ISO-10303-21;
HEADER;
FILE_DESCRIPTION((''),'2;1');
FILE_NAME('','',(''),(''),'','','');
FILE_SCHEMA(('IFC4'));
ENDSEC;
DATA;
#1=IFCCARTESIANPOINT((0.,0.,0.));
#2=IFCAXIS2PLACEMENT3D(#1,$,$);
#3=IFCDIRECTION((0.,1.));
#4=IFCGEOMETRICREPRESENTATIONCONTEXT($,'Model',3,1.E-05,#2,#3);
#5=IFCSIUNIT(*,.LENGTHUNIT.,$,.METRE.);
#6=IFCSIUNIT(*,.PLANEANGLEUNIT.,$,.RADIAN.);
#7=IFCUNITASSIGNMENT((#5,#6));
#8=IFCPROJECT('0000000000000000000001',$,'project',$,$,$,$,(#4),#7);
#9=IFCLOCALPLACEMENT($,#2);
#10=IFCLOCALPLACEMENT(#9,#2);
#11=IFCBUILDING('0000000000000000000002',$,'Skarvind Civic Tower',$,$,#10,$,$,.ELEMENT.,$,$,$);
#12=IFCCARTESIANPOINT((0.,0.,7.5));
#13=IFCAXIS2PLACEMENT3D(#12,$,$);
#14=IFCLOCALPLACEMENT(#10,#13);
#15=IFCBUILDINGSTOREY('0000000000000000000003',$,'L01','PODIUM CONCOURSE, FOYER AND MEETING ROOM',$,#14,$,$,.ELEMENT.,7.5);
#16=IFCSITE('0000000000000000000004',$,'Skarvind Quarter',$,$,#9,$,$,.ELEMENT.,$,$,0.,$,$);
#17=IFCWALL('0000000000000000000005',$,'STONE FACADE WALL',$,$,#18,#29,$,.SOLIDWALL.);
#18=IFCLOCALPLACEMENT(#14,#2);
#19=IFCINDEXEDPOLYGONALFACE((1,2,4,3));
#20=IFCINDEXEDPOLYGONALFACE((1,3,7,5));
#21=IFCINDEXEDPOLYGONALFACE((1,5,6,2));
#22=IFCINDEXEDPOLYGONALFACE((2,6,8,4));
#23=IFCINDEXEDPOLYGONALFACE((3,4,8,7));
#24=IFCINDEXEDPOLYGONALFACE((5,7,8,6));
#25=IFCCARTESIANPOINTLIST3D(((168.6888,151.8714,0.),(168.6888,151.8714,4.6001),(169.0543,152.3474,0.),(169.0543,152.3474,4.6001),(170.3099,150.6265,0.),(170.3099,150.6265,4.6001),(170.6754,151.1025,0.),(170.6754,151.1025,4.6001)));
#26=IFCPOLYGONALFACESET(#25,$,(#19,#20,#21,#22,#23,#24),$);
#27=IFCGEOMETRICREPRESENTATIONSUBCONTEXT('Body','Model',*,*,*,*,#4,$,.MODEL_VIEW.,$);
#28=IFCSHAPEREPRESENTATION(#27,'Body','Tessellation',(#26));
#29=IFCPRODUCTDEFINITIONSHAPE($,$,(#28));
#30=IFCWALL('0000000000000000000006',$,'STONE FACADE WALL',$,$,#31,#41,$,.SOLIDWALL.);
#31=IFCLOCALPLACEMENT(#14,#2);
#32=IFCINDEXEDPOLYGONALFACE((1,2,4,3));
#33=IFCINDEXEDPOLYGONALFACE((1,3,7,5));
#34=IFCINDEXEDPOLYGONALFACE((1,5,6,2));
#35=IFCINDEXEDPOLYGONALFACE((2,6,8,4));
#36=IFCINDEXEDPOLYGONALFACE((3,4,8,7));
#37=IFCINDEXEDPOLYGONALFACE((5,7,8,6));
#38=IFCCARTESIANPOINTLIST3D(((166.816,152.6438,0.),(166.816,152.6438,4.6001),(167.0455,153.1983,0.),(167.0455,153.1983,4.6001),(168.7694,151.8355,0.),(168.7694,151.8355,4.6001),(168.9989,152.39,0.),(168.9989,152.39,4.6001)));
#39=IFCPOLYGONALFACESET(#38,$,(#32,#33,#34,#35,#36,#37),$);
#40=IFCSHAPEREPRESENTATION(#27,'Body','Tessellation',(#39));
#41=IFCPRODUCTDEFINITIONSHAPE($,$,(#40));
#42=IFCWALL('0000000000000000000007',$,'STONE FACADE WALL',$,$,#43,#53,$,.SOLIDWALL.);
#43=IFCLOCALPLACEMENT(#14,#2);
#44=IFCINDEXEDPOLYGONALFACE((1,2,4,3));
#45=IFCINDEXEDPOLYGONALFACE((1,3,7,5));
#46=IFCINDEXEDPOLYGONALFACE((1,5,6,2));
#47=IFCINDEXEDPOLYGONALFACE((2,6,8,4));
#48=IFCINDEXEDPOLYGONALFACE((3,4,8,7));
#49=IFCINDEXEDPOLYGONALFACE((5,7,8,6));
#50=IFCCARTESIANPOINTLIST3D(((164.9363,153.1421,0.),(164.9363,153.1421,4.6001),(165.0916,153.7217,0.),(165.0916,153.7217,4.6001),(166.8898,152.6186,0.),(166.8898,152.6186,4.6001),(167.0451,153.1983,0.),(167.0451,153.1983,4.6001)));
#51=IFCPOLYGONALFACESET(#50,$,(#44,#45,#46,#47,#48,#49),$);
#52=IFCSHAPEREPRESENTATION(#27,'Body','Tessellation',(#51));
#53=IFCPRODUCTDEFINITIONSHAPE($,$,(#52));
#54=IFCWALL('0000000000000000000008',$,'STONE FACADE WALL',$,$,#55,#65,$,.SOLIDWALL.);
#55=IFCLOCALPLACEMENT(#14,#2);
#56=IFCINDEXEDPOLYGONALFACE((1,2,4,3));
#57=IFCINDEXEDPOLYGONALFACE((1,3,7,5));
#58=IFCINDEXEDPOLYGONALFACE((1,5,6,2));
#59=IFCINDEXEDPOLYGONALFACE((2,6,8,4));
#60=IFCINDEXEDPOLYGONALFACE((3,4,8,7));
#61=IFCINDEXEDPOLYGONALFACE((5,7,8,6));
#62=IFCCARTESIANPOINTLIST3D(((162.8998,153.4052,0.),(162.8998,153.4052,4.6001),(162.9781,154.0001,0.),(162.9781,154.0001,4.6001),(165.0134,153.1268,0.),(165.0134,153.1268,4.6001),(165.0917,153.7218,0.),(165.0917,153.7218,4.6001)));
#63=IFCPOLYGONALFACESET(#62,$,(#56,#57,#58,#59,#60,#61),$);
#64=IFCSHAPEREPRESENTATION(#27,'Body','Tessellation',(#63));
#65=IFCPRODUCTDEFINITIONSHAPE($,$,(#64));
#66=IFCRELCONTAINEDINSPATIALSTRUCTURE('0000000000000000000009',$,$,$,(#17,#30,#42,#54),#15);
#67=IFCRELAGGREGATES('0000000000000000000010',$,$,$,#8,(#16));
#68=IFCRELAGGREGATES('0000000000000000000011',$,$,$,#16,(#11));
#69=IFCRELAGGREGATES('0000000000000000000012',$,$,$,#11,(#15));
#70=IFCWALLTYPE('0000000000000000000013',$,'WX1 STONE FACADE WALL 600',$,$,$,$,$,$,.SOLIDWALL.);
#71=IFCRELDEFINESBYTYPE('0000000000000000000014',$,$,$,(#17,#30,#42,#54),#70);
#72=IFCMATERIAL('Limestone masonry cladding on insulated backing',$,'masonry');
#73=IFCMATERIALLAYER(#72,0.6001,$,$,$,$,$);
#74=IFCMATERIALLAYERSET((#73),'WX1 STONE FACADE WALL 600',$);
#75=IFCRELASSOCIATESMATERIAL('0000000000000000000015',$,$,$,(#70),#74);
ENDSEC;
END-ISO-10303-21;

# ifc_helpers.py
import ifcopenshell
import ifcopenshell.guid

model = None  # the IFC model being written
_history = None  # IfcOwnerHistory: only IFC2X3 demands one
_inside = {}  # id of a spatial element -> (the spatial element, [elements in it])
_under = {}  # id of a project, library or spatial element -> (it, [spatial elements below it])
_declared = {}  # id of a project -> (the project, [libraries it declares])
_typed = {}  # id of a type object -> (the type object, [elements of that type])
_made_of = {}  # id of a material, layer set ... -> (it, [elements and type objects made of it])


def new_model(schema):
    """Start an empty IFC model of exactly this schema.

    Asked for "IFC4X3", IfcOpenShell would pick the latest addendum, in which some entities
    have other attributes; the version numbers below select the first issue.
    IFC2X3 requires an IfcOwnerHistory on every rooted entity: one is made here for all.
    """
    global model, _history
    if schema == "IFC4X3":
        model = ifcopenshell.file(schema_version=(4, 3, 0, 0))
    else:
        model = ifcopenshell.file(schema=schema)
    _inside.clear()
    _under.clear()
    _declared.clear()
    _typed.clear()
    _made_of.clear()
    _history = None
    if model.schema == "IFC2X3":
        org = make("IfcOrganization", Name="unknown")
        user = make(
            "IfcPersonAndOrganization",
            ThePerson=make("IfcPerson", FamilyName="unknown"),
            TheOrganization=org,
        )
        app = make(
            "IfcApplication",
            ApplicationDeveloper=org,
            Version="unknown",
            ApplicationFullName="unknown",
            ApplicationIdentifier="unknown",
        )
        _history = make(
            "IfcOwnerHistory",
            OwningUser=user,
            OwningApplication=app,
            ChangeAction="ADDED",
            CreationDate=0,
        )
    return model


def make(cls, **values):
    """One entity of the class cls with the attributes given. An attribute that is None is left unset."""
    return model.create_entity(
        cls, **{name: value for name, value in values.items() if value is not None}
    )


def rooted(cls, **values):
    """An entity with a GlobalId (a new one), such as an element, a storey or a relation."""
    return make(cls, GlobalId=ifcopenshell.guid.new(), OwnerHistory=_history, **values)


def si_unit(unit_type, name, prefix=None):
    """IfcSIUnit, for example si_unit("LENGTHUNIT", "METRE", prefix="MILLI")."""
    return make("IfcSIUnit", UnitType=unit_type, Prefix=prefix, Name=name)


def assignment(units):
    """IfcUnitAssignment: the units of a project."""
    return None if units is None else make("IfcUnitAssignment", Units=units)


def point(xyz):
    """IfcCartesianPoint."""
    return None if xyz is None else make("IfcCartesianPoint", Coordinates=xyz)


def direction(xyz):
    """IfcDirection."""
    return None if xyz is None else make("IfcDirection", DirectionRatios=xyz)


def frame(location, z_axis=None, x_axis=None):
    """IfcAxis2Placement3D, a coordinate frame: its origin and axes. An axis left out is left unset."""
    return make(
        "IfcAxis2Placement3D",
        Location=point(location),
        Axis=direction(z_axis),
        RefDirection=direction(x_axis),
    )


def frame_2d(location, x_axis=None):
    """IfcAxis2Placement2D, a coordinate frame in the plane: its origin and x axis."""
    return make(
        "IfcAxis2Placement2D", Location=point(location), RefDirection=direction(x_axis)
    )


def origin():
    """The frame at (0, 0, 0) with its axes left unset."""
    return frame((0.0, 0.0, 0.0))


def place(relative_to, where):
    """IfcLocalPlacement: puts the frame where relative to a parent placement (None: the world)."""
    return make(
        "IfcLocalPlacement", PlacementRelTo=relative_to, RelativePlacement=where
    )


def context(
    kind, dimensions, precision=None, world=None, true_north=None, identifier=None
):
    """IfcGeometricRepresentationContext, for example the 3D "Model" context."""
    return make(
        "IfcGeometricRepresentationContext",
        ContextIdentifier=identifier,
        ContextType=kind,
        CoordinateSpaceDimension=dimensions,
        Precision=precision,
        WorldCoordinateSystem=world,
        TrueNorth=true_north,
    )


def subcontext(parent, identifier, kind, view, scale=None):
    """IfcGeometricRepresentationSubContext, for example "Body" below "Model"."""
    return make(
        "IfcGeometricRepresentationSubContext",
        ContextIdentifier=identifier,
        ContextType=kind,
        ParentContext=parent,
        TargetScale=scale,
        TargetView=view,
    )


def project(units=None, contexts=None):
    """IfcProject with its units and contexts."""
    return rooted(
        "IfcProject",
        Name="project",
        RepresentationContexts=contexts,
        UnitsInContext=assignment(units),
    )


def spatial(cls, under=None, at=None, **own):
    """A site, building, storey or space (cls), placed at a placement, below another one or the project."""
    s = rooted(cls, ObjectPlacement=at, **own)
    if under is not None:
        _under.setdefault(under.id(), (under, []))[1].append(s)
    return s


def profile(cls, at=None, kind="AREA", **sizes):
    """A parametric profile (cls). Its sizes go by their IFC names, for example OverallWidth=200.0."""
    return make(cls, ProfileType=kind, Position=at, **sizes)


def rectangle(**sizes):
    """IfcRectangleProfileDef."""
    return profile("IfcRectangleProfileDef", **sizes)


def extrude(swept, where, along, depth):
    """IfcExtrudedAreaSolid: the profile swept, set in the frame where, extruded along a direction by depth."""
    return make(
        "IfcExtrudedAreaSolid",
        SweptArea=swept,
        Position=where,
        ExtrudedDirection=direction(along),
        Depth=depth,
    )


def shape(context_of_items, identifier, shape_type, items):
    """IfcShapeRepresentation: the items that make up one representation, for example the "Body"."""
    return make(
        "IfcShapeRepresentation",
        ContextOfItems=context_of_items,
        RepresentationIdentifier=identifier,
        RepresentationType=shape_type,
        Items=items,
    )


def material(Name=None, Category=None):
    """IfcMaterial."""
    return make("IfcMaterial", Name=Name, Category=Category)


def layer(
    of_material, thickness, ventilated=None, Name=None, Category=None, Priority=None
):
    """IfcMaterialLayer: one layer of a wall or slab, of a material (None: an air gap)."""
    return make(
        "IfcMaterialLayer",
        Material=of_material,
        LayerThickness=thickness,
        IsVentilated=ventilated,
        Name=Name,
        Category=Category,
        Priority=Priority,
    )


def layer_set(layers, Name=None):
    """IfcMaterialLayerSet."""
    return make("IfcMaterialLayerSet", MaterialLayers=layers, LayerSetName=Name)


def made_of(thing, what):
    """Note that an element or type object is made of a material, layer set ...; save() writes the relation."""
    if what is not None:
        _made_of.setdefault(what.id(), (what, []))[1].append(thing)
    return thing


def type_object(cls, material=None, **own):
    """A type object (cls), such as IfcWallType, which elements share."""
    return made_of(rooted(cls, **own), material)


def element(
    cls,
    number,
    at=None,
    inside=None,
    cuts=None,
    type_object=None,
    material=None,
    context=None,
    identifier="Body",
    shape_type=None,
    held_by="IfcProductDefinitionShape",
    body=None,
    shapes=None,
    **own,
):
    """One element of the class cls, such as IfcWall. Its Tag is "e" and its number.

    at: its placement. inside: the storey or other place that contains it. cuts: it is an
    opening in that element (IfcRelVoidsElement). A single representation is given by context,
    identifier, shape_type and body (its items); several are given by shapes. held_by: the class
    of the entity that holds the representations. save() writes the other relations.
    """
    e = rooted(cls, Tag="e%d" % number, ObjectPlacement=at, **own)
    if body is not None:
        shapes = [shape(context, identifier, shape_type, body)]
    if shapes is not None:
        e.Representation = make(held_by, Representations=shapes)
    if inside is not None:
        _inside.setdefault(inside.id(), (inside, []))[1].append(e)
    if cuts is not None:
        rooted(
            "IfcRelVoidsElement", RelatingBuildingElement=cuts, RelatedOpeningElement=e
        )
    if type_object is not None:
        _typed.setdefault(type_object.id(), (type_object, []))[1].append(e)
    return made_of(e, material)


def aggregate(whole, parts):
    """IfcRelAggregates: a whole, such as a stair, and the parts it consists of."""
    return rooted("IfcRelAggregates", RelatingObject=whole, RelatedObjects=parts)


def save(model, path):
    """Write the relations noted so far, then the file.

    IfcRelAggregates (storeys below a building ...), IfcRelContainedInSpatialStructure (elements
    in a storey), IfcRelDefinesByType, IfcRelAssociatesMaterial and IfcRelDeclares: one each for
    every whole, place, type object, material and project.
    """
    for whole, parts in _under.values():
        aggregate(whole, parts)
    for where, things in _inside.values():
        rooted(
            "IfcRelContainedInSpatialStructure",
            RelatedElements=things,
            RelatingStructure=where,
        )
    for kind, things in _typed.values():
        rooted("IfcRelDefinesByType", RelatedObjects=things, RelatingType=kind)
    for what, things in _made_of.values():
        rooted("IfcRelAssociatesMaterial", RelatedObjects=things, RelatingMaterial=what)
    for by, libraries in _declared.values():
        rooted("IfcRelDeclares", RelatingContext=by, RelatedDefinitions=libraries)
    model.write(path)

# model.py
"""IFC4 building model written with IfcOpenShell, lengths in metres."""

from ifc_helpers import new_model, si_unit, direction, frame, frame_2d, origin, place, context, subcontext, project, spatial, rectangle, extrude, material, layer, layer_set, type_object, element, save


model = new_model("IFC4")

# Units and contexts
model_context = context("Model", 3, precision=1e-05, world=origin(), true_north=direction((0.0, 1.0)))
body_context = subcontext(model_context, "Body", "Model", "MODEL_VIEW")
ifc_project = project(units=[si_unit("LENGTHUNIT", "METRE"), si_unit("PLANEANGLEUNIT", "RADIAN")], contexts=[model_context])

# Site, building, storey
site_placement = place(None, origin())
site = spatial("IfcSite", under=ifc_project, at=site_placement, Name="Skarvind Quarter", CompositionType="ELEMENT", RefElevation=0.0)
building_placement = place(site_placement, origin())
building = spatial("IfcBuilding", under=site, at=building_placement, Name="Skarvind Civic Tower", CompositionType="ELEMENT")
storey_placement = place(building_placement, frame((0.0, 0.0, 7.5)))
storey = spatial("IfcBuildingStorey", under=building, at=storey_placement, Name="L01", Description="PODIUM CONCOURSE, FOYER AND MEETING ROOM", CompositionType="ELEMENT", Elevation=7.5)

# Shared definitions
ifc_material_1 = material(Name="Limestone masonry cladding on insulated backing", Category="masonry")
ifc_layer_1 = layer(ifc_material_1, 0.6001)
ifc_layer_set_1 = layer_set([ifc_layer_1], Name="WX1 STONE FACADE WALL 600")
wall_type_1 = type_object("IfcWallType", Name="WX1 STONE FACADE WALL 600", PredefinedType="SOLIDWALL", material=ifc_layer_set_1)

# Walls
wall_1_placement = place(storey_placement, frame((168.8716, 152.1094, 0.0), z_axis=(0.0, 0.0, 1.0), x_axis=(0.793125, -0.609058, 0.0)))
element("IfcWall", 1, at=wall_1_placement, inside=storey, type_object=wall_type_1, Name="STONE FACADE WALL", PredefinedType="SOLIDWALL", context=body_context, shape_type="SweptSolid", body=[
    extrude(rectangle(XDim=2.0439, YDim=0.6001, at=frame_2d((1.022, 0.0))), origin(), (0.0, 0.0, 1.0), 4.6001),
])
wall_2_placement = place(storey_placement, frame((166.9307, 152.9211, 0.0), z_axis=(0.0, 0.0, 1.0), x_axis=(0.924007, -0.382376, 0.0)))
element("IfcWall", 2, at=wall_2_placement, inside=storey, type_object=wall_type_1, Name="STONE FACADE WALL", PredefinedType="SOLIDWALL", context=body_context, shape_type="SweptSolid", body=[
    extrude(rectangle(XDim=2.114, YDim=0.6001, at=frame_2d((1.0571, 0.0))), origin(), (0.0, 0.0, 1.0), 4.6001),
])
wall_3_placement = place(storey_placement, frame((165.0139, 153.4319, 0.0), z_axis=(0.0, 0.0, 1.0), x_axis=(0.96593, -0.258804, 0.0)))
element("IfcWall", 3, at=wall_3_placement, inside=storey, type_object=wall_type_1, Name="STONE FACADE WALL", PredefinedType="SOLIDWALL", context=body_context, shape_type="SweptSolid", body=[
    extrude(rectangle(XDim=2.0225, YDim=0.6001, at=frame_2d((1.0112, 0.0))), origin(), (0.0, 0.0, 1.0), 4.6001),
])
wall_4_placement = place(storey_placement, frame((162.939, 153.7026, 0.0), z_axis=(0.0, 0.0, 1.0), x_axis=(0.991441, -0.130558, 0.0)))
element("IfcWall", 4, at=wall_4_placement, inside=storey, type_object=wall_type_1, Name="STONE FACADE WALL", PredefinedType="SOLIDWALL", context=body_context, shape_type="SweptSolid", body=[
    extrude(rectangle(XDim=2.1318, YDim=0.6001, at=frame_2d((1.0659, 0.0))), origin(), (0.0, 0.0, 1.0), 4.6001),
])

save(model, "model.ifc")
